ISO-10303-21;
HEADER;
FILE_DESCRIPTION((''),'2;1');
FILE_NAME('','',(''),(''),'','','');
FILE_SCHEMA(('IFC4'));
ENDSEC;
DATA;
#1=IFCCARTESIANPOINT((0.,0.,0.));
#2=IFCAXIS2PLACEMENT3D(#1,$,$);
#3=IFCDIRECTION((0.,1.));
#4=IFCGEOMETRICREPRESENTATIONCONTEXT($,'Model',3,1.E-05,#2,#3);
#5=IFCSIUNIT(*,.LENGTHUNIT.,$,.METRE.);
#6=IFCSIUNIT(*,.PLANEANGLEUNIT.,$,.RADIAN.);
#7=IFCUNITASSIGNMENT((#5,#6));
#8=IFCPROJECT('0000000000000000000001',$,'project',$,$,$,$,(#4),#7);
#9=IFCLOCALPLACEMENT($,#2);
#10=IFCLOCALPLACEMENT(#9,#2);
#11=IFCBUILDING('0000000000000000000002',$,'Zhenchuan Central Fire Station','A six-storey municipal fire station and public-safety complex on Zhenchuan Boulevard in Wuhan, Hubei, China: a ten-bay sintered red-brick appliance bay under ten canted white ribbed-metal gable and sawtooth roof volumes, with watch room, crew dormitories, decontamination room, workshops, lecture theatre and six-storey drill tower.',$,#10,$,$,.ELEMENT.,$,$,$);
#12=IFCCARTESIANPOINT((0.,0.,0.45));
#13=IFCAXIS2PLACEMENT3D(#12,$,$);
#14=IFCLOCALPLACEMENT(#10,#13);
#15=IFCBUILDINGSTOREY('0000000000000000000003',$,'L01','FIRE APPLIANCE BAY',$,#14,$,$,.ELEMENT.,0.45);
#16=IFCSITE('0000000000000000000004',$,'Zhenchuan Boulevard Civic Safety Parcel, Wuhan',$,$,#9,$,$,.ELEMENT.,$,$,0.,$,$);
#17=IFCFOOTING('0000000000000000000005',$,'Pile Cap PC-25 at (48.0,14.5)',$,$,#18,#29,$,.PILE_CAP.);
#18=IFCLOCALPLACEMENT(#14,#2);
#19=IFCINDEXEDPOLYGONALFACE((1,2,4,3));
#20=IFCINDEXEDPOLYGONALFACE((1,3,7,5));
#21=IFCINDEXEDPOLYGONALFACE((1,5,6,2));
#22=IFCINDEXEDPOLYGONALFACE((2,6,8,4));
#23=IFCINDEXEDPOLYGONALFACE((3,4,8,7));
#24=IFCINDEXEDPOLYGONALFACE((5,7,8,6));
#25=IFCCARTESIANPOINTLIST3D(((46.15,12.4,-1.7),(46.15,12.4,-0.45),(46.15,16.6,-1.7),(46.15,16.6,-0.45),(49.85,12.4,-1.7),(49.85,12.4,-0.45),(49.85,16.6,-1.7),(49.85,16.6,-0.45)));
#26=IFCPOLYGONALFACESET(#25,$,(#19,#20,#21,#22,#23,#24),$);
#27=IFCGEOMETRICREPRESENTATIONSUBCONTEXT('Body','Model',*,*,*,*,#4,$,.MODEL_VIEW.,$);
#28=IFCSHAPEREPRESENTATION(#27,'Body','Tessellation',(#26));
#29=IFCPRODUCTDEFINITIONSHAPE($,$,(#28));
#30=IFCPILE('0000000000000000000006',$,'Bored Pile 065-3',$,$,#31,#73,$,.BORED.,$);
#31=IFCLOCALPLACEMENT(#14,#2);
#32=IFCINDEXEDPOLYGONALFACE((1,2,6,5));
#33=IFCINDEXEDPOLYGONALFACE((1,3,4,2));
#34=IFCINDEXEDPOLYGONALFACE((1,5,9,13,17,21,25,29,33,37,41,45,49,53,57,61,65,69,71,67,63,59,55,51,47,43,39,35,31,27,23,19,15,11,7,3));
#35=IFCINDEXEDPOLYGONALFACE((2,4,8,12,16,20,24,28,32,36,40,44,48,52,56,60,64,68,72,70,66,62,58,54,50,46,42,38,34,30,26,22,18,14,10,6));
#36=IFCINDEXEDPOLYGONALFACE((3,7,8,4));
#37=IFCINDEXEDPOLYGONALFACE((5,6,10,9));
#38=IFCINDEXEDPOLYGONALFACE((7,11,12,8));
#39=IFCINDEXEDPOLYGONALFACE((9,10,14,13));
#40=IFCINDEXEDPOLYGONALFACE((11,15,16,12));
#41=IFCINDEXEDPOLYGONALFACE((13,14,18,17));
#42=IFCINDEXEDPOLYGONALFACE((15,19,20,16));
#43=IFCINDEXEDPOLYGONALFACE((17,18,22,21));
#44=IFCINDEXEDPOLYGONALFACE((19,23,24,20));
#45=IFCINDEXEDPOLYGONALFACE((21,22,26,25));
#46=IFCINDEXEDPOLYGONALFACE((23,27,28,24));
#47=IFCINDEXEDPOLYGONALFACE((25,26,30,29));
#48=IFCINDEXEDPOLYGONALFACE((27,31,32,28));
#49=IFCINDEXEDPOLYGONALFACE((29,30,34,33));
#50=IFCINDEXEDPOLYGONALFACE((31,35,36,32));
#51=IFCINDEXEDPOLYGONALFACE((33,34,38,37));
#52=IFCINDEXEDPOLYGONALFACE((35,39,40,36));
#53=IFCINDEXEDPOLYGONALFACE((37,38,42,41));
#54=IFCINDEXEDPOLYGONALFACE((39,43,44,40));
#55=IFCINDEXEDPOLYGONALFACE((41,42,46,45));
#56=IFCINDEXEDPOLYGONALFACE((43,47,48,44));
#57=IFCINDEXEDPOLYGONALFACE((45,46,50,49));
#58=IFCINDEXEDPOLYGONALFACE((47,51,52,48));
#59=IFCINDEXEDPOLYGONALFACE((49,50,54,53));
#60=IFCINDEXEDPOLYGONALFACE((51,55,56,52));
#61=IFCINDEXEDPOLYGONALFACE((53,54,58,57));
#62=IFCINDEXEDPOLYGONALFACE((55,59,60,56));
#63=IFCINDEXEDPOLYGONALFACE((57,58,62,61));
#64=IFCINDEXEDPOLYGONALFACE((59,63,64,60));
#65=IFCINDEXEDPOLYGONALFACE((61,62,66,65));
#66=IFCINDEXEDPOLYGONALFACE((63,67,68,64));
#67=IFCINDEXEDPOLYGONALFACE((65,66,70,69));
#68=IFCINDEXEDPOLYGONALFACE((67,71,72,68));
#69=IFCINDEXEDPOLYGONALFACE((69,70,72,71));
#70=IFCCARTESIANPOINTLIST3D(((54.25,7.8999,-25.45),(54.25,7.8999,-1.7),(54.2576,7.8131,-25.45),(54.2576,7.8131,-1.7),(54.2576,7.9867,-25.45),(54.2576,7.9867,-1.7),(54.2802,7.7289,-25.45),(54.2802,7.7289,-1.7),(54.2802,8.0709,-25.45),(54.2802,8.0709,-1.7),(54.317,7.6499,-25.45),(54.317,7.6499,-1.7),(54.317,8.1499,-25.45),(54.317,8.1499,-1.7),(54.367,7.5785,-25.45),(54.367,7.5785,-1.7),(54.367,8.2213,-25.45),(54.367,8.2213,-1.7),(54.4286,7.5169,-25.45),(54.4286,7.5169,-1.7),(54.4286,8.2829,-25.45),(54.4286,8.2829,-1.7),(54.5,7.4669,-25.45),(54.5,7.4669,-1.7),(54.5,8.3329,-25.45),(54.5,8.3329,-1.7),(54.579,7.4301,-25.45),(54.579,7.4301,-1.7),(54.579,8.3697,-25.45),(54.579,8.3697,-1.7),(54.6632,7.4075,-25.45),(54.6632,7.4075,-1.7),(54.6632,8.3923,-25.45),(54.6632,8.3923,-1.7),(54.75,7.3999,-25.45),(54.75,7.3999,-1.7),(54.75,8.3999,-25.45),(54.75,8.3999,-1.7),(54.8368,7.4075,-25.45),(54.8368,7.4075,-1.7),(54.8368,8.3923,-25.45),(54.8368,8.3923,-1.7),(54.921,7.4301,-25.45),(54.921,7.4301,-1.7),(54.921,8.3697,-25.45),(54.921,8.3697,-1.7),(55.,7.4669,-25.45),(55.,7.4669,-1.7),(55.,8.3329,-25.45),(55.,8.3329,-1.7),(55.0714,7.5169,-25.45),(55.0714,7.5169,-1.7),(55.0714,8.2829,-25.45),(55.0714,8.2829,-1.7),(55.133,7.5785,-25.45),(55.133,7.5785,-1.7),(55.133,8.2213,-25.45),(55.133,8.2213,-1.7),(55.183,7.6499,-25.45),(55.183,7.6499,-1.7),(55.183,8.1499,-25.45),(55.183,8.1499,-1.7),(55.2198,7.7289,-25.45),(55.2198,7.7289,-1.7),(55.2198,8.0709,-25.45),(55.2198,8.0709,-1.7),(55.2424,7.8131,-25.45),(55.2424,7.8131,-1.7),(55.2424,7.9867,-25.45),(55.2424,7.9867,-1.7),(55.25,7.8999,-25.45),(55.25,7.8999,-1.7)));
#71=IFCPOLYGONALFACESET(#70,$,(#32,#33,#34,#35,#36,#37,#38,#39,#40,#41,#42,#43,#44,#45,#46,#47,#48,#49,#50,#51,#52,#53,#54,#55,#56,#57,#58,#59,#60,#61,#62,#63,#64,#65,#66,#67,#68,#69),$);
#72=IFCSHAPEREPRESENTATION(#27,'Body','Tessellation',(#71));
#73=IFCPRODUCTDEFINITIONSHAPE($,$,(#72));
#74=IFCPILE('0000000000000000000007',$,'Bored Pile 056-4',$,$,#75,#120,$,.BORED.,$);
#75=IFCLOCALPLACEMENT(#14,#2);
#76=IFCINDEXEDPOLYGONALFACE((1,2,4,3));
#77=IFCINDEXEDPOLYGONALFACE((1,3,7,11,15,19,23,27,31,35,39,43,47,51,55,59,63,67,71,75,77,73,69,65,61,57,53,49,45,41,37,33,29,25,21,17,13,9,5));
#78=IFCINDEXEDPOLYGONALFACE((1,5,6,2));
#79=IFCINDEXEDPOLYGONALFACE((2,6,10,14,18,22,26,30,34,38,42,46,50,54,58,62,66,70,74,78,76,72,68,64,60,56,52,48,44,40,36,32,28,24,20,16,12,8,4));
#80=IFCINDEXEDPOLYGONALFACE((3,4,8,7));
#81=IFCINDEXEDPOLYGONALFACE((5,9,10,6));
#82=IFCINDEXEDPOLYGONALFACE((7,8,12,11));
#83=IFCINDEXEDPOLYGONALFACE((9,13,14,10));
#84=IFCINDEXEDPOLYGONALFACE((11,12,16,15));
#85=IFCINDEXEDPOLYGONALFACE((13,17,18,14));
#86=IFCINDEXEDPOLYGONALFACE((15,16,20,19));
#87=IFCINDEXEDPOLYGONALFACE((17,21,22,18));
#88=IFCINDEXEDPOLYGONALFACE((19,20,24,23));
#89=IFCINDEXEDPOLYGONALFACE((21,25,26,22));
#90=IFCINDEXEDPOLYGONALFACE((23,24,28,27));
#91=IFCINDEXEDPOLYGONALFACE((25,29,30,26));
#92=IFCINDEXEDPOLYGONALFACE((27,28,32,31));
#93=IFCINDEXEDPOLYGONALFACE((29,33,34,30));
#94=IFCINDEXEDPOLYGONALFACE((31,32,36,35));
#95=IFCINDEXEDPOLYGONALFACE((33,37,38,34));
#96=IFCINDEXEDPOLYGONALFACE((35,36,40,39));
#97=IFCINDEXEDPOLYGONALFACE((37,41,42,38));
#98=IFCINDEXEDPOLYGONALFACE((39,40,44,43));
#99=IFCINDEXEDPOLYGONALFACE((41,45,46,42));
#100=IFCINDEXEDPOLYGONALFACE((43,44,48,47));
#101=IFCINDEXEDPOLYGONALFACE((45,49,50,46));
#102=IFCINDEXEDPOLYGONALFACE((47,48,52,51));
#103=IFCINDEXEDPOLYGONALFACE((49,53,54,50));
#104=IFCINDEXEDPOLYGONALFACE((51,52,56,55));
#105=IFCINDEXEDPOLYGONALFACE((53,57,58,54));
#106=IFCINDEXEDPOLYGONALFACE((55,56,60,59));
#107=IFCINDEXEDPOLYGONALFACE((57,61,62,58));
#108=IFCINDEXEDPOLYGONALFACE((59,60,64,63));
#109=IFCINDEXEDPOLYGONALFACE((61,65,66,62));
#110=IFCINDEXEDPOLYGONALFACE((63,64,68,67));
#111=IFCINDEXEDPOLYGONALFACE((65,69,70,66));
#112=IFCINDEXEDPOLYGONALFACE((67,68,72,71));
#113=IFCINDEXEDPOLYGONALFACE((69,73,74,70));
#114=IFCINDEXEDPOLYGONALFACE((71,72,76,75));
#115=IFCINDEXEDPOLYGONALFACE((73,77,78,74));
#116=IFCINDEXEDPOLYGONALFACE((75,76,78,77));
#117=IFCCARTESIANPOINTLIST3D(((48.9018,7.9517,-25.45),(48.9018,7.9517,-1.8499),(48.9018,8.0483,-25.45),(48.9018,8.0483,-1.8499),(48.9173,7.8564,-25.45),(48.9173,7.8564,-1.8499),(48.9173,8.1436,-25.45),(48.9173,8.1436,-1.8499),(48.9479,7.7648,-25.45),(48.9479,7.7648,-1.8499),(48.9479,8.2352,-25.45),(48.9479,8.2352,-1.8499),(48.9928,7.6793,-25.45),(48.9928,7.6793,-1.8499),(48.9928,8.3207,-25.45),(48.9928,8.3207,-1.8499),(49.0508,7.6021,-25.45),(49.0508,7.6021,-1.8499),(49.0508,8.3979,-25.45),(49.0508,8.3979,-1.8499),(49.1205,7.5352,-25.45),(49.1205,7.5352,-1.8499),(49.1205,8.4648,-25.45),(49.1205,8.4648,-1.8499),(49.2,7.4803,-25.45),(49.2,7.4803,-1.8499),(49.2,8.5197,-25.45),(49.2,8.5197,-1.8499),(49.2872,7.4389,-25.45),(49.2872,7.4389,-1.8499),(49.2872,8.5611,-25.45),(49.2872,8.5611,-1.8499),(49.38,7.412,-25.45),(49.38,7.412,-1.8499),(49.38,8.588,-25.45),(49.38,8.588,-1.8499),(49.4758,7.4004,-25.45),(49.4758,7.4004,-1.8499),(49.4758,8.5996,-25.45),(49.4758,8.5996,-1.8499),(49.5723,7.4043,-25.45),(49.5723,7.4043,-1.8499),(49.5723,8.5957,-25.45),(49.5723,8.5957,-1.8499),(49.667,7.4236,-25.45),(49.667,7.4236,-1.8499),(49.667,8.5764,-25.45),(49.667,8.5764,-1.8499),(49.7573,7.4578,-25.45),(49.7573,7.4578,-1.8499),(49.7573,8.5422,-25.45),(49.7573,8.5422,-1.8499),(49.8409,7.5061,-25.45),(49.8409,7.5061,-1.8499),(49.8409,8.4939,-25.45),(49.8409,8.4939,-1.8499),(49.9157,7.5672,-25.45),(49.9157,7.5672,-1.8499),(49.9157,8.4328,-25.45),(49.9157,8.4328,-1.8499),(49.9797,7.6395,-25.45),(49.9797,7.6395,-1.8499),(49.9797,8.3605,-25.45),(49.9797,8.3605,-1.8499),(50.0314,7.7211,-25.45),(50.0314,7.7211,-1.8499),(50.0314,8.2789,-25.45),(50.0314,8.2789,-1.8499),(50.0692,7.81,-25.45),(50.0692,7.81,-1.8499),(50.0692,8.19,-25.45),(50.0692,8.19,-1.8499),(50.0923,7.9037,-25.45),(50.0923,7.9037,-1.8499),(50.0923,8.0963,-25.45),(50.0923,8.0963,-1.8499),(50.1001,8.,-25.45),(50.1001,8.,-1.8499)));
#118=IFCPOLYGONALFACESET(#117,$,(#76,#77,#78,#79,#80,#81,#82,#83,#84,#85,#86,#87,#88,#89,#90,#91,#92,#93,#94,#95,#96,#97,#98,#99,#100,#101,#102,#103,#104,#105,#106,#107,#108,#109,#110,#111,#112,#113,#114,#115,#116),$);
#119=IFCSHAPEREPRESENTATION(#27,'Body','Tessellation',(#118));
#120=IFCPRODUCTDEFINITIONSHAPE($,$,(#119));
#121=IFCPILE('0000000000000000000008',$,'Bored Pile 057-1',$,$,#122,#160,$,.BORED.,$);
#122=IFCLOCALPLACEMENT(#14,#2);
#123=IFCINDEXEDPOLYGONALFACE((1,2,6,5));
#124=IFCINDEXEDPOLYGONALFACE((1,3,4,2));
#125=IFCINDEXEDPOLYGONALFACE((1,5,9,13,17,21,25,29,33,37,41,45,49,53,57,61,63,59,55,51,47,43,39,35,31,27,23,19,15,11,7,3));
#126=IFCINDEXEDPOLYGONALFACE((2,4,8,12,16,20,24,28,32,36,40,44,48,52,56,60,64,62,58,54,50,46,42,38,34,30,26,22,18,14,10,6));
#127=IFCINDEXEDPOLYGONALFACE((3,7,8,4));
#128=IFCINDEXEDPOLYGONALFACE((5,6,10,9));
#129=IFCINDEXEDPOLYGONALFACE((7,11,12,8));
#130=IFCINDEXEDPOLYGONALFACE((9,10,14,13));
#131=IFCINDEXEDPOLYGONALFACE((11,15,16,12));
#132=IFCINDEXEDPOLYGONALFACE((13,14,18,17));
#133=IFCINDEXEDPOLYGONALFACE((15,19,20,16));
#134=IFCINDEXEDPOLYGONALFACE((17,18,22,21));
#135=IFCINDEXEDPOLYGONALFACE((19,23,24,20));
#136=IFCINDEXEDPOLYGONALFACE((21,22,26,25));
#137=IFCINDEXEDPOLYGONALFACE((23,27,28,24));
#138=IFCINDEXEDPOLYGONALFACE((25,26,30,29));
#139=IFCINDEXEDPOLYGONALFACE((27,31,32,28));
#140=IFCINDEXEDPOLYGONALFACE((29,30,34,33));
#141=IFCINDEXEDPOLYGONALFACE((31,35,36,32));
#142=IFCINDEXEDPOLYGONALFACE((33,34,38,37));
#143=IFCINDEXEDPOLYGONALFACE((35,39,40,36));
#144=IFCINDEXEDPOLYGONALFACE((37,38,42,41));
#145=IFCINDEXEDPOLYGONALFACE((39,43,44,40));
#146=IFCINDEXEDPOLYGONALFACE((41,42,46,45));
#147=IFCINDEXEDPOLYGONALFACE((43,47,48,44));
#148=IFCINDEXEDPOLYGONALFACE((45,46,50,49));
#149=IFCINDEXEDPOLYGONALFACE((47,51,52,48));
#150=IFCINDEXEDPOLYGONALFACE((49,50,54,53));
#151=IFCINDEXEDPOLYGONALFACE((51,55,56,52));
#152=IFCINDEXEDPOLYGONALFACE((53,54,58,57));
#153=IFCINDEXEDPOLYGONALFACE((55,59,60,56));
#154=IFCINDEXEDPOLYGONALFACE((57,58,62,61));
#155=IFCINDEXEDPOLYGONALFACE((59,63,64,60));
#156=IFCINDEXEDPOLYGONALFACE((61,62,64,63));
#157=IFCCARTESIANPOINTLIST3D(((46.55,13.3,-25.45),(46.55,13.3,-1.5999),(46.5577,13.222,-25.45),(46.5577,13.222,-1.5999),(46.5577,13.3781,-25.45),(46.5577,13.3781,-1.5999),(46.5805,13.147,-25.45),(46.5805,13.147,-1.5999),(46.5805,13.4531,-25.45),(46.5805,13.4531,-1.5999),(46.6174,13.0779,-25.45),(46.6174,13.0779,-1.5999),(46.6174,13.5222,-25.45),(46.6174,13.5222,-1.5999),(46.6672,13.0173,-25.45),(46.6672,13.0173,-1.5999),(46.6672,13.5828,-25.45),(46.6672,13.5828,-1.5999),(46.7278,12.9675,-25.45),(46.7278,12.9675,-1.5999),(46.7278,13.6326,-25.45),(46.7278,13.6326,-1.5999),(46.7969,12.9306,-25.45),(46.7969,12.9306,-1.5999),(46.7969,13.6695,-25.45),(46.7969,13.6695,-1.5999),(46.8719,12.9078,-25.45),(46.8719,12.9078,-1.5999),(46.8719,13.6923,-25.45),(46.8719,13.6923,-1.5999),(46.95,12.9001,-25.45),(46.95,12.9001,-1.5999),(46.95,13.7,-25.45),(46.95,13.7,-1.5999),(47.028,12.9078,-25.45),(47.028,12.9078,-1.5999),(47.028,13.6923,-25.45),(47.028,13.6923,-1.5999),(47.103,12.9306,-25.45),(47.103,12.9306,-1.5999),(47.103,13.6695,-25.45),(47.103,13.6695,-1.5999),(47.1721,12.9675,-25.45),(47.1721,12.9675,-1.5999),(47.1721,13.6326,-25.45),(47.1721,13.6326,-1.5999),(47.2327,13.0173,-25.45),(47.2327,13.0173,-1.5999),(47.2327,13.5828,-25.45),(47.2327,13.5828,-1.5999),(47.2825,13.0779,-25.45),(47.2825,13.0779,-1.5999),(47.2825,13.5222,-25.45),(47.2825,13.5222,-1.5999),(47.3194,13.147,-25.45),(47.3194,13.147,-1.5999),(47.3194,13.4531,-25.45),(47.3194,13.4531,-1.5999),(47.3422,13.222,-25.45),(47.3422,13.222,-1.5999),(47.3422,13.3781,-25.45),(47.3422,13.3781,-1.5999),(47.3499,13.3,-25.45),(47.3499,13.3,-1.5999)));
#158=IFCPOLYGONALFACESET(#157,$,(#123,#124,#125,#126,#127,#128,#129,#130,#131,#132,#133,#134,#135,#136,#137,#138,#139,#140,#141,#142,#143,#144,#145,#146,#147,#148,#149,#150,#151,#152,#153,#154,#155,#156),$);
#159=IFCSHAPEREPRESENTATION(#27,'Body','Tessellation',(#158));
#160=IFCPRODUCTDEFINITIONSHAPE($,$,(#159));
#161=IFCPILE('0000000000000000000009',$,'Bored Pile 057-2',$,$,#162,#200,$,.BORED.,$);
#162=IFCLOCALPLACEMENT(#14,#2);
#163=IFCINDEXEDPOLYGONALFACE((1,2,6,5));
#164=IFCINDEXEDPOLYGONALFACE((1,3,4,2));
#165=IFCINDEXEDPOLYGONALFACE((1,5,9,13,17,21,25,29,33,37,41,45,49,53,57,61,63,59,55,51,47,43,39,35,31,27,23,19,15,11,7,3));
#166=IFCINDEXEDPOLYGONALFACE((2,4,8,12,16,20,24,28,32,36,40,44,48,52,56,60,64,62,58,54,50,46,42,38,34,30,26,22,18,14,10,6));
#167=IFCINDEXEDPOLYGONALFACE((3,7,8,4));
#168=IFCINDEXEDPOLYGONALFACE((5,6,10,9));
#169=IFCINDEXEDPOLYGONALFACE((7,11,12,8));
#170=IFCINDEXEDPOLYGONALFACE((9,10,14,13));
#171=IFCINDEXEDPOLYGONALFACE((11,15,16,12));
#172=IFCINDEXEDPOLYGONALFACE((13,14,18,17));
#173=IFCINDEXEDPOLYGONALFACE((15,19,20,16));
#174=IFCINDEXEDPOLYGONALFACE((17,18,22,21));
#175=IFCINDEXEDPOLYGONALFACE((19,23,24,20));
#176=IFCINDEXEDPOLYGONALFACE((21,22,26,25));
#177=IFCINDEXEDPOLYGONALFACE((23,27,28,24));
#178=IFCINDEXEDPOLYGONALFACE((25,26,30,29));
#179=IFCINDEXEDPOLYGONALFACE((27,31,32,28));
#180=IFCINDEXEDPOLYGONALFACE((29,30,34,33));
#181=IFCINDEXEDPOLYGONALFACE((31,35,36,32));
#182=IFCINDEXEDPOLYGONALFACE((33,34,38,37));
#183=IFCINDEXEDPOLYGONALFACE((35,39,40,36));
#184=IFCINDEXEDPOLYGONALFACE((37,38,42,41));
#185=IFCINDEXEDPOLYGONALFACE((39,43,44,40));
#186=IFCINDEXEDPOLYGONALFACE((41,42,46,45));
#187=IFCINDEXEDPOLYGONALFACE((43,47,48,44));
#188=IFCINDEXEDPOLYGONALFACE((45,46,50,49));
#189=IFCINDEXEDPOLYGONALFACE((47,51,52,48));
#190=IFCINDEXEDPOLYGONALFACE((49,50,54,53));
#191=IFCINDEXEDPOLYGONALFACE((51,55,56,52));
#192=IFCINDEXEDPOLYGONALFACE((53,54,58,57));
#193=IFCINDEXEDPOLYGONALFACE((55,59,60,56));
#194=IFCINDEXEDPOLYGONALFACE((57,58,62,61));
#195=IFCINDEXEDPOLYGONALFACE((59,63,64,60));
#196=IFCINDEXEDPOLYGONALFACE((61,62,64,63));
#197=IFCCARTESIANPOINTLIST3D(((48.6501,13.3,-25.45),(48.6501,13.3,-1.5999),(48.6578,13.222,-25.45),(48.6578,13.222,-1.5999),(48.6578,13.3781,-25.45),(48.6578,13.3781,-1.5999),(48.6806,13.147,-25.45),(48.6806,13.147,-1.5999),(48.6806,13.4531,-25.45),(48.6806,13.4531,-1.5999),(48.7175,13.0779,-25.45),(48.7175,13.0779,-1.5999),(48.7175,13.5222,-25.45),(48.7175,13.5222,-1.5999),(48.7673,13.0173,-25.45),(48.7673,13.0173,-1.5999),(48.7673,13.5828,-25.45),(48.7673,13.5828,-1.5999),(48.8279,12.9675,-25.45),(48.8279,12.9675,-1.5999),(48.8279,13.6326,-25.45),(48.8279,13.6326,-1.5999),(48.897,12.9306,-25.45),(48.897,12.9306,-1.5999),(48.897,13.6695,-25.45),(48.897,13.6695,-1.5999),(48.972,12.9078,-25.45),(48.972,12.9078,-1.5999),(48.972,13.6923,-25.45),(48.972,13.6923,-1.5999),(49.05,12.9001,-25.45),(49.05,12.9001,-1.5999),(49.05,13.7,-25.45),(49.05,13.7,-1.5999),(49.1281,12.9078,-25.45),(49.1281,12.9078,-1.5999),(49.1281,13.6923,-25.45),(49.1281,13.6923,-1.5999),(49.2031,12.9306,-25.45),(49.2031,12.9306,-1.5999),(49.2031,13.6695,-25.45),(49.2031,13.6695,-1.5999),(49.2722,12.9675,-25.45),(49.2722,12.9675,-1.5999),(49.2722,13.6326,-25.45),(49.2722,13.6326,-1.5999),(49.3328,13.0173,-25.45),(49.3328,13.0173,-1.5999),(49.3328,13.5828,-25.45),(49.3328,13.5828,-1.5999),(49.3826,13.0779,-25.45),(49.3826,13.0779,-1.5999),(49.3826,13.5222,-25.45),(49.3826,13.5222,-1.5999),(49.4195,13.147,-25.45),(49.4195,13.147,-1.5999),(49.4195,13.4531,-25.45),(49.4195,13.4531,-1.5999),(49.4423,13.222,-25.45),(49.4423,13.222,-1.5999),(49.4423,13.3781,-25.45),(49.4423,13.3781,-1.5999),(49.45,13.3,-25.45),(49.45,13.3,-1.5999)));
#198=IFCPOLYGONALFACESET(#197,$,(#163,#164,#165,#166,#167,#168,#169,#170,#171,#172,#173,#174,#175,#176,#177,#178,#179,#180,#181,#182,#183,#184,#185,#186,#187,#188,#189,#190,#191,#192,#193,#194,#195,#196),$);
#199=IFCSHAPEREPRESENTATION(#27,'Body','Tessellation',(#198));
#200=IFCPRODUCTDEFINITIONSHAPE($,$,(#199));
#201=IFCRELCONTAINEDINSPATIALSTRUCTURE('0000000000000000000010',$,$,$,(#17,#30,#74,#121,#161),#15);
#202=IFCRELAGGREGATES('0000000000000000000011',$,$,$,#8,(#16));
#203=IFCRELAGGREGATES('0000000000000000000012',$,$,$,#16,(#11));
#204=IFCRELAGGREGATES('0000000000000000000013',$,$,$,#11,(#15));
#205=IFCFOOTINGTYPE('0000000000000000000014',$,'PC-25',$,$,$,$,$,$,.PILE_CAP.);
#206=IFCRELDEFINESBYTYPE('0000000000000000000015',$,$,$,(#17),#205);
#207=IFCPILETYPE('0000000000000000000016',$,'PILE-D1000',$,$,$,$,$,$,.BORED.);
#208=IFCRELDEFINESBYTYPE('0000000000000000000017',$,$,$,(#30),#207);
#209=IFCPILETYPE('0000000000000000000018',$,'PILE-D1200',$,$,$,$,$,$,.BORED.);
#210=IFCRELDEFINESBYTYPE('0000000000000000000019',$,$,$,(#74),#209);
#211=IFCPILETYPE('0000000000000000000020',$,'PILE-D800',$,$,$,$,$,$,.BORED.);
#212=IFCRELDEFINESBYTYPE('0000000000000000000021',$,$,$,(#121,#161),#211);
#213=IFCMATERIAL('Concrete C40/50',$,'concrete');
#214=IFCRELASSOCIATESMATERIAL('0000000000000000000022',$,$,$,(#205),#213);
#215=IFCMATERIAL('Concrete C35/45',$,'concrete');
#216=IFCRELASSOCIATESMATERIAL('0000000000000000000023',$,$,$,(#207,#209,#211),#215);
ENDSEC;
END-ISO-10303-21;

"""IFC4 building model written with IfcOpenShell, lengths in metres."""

from ifc_helpers import new_model, si_unit, direction, frame, origin, origin_2d, place, context, subcontext, project, spatial, rectangle, circle, extrude, material, material_profile, profile_set, type_object, element, save


model = new_model("IFC4")

# Units and contexts
model_context = context("Model", 3, precision=1e-05, world=origin(), true_north=direction((0.0, 1.0)))
body_context = subcontext(model_context, "Body", "Model", "MODEL_VIEW")
ifc_project = project(units=[si_unit("LENGTHUNIT", "METRE"), si_unit("PLANEANGLEUNIT", "RADIAN")], contexts=[model_context])

# Site, building, storey
site_placement = place(None, origin())
site = spatial("IfcSite", under=ifc_project, at=site_placement, Name="Zhenchuan Boulevard Civic Safety Parcel, Wuhan", CompositionType="ELEMENT", RefElevation=0.0)
building_placement = place(site_placement, origin())
building = spatial("IfcBuilding", under=site, at=building_placement, Name="Zhenchuan Central Fire Station", Description="A six-storey municipal fire station and public-safety complex on Zhenchuan Boulevard in Wuhan, Hubei, China: a ten-bay sintered red-brick appliance bay under ten canted white ribbed-metal gable and sawtooth roof volumes, with watch room, crew dormitories, decontamination room, workshops, lecture theatre and six-storey drill tower.", CompositionType="ELEMENT")
storey_placement = place(building_placement, frame((0.0, 0.0, 0.45)))
storey = spatial("IfcBuildingStorey", under=building, at=storey_placement, Name="L01", Description="FIRE APPLIANCE BAY", CompositionType="ELEMENT", Elevation=0.45)

# Footing
ifc_material_1 = material(Name="Concrete C40/50", Category="concrete")
footing_type = type_object("IfcFootingType", Name="PC-25", PredefinedType="PILE_CAP", material=ifc_material_1)
footing_placement = place(storey_placement, frame((48.0, 14.5, -1.7), z_axis=(0.0, 0.0, 1.0), x_axis=(1.0, 0.0, 0.0)))
element("IfcFooting", 1, at=footing_placement, inside=storey, type_object=footing_type, Name="Pile Cap PC-25 at (48.0,14.5)", PredefinedType="PILE_CAP", context=body_context, shape_type="SweptSolid", body=[
    extrude(rectangle(XDim=3.7, YDim=4.2, at=origin_2d()), origin(), (0.0, 0.0, 1.0), 1.25),
])

# Piles
ifc_material_2 = material(Name="Concrete C35/45", Category="concrete")
ifc_material_profile_1 = material_profile(ifc_material_2, circle(Radius=0.5, at=origin_2d()), Name="PILE D1000")
ifc_profile_set_1 = profile_set([ifc_material_profile_1], Name="Concrete C35/45")
pile_type_1 = type_object("IfcPileType", Name="PILE-D1000", PredefinedType="BORED", material=ifc_profile_set_1)
pile_1_placement = place(storey_placement, frame((54.75, 7.8999, -1.7), z_axis=(0.0, 0.0, -1.0), x_axis=(1.0, 0.0, 0.0)))
element("IfcPile", 2, at=pile_1_placement, inside=storey, type_object=pile_type_1, Name="Bored Pile 065-3", PredefinedType="BORED", context=body_context, shape_type="SweptSolid", body=[
    extrude(circle(Radius=0.5, at=origin_2d()), origin(), (0.0, 0.0, 1.0), 23.75),
])
ifc_material_profile_2 = material_profile(ifc_material_2, circle(Radius=0.6001, at=origin_2d()), Name="PILE D1200")
ifc_profile_set_2 = profile_set([ifc_material_profile_2], Name="Concrete C35/45")
pile_type_2 = type_object("IfcPileType", Name="PILE-D1200", PredefinedType="BORED", material=ifc_profile_set_2)
pile_2_placement = place(storey_placement, frame((49.5, 8.0, -1.8499), z_axis=(0.0, 0.0, -1.0), x_axis=(1.0, 0.0, 0.0)))
element("IfcPile", 3, at=pile_2_placement, inside=storey, type_object=pile_type_2, Name="Bored Pile 056-4", PredefinedType="BORED", context=body_context, shape_type="SweptSolid", body=[
    extrude(circle(Radius=0.6001, at=origin_2d()), origin(), (0.0, 0.0, 1.0), 23.6001),
])
ifc_material_profile_3 = material_profile(ifc_material_2, circle(Radius=0.3999, at=origin_2d()), Name="PILE D800")
ifc_profile_set_3 = profile_set([ifc_material_profile_3], Name="Concrete C35/45")
pile_type_3 = type_object("IfcPileType", Name="PILE-D800", PredefinedType="BORED", material=ifc_profile_set_3)
for number, where, z_axis, x_axis, name in (
    (4, (46.95, 13.3, -1.5999), (0.0, 0.0, -1.0), (1.0, 0.0, 0.0), "Bored Pile 057-1"),
    (5, (49.05, 13.3, -1.5999), (0.0, 0.0, -1.0), (1.0, 0.0, 0.0), "Bored Pile 057-2"),
):
    element("IfcPile", number, at=place(storey_placement, frame(where, z_axis=z_axis, x_axis=x_axis)), inside=storey, type_object=pile_type_3, Name=name, PredefinedType="BORED", context=body_context, shape_type="SweptSolid", body=[
        extrude(circle(Radius=0.3999, at=origin_2d()), origin(), (0.0, 0.0, 1.0), 23.8501),
    ])

save(model, "model.ifc")
